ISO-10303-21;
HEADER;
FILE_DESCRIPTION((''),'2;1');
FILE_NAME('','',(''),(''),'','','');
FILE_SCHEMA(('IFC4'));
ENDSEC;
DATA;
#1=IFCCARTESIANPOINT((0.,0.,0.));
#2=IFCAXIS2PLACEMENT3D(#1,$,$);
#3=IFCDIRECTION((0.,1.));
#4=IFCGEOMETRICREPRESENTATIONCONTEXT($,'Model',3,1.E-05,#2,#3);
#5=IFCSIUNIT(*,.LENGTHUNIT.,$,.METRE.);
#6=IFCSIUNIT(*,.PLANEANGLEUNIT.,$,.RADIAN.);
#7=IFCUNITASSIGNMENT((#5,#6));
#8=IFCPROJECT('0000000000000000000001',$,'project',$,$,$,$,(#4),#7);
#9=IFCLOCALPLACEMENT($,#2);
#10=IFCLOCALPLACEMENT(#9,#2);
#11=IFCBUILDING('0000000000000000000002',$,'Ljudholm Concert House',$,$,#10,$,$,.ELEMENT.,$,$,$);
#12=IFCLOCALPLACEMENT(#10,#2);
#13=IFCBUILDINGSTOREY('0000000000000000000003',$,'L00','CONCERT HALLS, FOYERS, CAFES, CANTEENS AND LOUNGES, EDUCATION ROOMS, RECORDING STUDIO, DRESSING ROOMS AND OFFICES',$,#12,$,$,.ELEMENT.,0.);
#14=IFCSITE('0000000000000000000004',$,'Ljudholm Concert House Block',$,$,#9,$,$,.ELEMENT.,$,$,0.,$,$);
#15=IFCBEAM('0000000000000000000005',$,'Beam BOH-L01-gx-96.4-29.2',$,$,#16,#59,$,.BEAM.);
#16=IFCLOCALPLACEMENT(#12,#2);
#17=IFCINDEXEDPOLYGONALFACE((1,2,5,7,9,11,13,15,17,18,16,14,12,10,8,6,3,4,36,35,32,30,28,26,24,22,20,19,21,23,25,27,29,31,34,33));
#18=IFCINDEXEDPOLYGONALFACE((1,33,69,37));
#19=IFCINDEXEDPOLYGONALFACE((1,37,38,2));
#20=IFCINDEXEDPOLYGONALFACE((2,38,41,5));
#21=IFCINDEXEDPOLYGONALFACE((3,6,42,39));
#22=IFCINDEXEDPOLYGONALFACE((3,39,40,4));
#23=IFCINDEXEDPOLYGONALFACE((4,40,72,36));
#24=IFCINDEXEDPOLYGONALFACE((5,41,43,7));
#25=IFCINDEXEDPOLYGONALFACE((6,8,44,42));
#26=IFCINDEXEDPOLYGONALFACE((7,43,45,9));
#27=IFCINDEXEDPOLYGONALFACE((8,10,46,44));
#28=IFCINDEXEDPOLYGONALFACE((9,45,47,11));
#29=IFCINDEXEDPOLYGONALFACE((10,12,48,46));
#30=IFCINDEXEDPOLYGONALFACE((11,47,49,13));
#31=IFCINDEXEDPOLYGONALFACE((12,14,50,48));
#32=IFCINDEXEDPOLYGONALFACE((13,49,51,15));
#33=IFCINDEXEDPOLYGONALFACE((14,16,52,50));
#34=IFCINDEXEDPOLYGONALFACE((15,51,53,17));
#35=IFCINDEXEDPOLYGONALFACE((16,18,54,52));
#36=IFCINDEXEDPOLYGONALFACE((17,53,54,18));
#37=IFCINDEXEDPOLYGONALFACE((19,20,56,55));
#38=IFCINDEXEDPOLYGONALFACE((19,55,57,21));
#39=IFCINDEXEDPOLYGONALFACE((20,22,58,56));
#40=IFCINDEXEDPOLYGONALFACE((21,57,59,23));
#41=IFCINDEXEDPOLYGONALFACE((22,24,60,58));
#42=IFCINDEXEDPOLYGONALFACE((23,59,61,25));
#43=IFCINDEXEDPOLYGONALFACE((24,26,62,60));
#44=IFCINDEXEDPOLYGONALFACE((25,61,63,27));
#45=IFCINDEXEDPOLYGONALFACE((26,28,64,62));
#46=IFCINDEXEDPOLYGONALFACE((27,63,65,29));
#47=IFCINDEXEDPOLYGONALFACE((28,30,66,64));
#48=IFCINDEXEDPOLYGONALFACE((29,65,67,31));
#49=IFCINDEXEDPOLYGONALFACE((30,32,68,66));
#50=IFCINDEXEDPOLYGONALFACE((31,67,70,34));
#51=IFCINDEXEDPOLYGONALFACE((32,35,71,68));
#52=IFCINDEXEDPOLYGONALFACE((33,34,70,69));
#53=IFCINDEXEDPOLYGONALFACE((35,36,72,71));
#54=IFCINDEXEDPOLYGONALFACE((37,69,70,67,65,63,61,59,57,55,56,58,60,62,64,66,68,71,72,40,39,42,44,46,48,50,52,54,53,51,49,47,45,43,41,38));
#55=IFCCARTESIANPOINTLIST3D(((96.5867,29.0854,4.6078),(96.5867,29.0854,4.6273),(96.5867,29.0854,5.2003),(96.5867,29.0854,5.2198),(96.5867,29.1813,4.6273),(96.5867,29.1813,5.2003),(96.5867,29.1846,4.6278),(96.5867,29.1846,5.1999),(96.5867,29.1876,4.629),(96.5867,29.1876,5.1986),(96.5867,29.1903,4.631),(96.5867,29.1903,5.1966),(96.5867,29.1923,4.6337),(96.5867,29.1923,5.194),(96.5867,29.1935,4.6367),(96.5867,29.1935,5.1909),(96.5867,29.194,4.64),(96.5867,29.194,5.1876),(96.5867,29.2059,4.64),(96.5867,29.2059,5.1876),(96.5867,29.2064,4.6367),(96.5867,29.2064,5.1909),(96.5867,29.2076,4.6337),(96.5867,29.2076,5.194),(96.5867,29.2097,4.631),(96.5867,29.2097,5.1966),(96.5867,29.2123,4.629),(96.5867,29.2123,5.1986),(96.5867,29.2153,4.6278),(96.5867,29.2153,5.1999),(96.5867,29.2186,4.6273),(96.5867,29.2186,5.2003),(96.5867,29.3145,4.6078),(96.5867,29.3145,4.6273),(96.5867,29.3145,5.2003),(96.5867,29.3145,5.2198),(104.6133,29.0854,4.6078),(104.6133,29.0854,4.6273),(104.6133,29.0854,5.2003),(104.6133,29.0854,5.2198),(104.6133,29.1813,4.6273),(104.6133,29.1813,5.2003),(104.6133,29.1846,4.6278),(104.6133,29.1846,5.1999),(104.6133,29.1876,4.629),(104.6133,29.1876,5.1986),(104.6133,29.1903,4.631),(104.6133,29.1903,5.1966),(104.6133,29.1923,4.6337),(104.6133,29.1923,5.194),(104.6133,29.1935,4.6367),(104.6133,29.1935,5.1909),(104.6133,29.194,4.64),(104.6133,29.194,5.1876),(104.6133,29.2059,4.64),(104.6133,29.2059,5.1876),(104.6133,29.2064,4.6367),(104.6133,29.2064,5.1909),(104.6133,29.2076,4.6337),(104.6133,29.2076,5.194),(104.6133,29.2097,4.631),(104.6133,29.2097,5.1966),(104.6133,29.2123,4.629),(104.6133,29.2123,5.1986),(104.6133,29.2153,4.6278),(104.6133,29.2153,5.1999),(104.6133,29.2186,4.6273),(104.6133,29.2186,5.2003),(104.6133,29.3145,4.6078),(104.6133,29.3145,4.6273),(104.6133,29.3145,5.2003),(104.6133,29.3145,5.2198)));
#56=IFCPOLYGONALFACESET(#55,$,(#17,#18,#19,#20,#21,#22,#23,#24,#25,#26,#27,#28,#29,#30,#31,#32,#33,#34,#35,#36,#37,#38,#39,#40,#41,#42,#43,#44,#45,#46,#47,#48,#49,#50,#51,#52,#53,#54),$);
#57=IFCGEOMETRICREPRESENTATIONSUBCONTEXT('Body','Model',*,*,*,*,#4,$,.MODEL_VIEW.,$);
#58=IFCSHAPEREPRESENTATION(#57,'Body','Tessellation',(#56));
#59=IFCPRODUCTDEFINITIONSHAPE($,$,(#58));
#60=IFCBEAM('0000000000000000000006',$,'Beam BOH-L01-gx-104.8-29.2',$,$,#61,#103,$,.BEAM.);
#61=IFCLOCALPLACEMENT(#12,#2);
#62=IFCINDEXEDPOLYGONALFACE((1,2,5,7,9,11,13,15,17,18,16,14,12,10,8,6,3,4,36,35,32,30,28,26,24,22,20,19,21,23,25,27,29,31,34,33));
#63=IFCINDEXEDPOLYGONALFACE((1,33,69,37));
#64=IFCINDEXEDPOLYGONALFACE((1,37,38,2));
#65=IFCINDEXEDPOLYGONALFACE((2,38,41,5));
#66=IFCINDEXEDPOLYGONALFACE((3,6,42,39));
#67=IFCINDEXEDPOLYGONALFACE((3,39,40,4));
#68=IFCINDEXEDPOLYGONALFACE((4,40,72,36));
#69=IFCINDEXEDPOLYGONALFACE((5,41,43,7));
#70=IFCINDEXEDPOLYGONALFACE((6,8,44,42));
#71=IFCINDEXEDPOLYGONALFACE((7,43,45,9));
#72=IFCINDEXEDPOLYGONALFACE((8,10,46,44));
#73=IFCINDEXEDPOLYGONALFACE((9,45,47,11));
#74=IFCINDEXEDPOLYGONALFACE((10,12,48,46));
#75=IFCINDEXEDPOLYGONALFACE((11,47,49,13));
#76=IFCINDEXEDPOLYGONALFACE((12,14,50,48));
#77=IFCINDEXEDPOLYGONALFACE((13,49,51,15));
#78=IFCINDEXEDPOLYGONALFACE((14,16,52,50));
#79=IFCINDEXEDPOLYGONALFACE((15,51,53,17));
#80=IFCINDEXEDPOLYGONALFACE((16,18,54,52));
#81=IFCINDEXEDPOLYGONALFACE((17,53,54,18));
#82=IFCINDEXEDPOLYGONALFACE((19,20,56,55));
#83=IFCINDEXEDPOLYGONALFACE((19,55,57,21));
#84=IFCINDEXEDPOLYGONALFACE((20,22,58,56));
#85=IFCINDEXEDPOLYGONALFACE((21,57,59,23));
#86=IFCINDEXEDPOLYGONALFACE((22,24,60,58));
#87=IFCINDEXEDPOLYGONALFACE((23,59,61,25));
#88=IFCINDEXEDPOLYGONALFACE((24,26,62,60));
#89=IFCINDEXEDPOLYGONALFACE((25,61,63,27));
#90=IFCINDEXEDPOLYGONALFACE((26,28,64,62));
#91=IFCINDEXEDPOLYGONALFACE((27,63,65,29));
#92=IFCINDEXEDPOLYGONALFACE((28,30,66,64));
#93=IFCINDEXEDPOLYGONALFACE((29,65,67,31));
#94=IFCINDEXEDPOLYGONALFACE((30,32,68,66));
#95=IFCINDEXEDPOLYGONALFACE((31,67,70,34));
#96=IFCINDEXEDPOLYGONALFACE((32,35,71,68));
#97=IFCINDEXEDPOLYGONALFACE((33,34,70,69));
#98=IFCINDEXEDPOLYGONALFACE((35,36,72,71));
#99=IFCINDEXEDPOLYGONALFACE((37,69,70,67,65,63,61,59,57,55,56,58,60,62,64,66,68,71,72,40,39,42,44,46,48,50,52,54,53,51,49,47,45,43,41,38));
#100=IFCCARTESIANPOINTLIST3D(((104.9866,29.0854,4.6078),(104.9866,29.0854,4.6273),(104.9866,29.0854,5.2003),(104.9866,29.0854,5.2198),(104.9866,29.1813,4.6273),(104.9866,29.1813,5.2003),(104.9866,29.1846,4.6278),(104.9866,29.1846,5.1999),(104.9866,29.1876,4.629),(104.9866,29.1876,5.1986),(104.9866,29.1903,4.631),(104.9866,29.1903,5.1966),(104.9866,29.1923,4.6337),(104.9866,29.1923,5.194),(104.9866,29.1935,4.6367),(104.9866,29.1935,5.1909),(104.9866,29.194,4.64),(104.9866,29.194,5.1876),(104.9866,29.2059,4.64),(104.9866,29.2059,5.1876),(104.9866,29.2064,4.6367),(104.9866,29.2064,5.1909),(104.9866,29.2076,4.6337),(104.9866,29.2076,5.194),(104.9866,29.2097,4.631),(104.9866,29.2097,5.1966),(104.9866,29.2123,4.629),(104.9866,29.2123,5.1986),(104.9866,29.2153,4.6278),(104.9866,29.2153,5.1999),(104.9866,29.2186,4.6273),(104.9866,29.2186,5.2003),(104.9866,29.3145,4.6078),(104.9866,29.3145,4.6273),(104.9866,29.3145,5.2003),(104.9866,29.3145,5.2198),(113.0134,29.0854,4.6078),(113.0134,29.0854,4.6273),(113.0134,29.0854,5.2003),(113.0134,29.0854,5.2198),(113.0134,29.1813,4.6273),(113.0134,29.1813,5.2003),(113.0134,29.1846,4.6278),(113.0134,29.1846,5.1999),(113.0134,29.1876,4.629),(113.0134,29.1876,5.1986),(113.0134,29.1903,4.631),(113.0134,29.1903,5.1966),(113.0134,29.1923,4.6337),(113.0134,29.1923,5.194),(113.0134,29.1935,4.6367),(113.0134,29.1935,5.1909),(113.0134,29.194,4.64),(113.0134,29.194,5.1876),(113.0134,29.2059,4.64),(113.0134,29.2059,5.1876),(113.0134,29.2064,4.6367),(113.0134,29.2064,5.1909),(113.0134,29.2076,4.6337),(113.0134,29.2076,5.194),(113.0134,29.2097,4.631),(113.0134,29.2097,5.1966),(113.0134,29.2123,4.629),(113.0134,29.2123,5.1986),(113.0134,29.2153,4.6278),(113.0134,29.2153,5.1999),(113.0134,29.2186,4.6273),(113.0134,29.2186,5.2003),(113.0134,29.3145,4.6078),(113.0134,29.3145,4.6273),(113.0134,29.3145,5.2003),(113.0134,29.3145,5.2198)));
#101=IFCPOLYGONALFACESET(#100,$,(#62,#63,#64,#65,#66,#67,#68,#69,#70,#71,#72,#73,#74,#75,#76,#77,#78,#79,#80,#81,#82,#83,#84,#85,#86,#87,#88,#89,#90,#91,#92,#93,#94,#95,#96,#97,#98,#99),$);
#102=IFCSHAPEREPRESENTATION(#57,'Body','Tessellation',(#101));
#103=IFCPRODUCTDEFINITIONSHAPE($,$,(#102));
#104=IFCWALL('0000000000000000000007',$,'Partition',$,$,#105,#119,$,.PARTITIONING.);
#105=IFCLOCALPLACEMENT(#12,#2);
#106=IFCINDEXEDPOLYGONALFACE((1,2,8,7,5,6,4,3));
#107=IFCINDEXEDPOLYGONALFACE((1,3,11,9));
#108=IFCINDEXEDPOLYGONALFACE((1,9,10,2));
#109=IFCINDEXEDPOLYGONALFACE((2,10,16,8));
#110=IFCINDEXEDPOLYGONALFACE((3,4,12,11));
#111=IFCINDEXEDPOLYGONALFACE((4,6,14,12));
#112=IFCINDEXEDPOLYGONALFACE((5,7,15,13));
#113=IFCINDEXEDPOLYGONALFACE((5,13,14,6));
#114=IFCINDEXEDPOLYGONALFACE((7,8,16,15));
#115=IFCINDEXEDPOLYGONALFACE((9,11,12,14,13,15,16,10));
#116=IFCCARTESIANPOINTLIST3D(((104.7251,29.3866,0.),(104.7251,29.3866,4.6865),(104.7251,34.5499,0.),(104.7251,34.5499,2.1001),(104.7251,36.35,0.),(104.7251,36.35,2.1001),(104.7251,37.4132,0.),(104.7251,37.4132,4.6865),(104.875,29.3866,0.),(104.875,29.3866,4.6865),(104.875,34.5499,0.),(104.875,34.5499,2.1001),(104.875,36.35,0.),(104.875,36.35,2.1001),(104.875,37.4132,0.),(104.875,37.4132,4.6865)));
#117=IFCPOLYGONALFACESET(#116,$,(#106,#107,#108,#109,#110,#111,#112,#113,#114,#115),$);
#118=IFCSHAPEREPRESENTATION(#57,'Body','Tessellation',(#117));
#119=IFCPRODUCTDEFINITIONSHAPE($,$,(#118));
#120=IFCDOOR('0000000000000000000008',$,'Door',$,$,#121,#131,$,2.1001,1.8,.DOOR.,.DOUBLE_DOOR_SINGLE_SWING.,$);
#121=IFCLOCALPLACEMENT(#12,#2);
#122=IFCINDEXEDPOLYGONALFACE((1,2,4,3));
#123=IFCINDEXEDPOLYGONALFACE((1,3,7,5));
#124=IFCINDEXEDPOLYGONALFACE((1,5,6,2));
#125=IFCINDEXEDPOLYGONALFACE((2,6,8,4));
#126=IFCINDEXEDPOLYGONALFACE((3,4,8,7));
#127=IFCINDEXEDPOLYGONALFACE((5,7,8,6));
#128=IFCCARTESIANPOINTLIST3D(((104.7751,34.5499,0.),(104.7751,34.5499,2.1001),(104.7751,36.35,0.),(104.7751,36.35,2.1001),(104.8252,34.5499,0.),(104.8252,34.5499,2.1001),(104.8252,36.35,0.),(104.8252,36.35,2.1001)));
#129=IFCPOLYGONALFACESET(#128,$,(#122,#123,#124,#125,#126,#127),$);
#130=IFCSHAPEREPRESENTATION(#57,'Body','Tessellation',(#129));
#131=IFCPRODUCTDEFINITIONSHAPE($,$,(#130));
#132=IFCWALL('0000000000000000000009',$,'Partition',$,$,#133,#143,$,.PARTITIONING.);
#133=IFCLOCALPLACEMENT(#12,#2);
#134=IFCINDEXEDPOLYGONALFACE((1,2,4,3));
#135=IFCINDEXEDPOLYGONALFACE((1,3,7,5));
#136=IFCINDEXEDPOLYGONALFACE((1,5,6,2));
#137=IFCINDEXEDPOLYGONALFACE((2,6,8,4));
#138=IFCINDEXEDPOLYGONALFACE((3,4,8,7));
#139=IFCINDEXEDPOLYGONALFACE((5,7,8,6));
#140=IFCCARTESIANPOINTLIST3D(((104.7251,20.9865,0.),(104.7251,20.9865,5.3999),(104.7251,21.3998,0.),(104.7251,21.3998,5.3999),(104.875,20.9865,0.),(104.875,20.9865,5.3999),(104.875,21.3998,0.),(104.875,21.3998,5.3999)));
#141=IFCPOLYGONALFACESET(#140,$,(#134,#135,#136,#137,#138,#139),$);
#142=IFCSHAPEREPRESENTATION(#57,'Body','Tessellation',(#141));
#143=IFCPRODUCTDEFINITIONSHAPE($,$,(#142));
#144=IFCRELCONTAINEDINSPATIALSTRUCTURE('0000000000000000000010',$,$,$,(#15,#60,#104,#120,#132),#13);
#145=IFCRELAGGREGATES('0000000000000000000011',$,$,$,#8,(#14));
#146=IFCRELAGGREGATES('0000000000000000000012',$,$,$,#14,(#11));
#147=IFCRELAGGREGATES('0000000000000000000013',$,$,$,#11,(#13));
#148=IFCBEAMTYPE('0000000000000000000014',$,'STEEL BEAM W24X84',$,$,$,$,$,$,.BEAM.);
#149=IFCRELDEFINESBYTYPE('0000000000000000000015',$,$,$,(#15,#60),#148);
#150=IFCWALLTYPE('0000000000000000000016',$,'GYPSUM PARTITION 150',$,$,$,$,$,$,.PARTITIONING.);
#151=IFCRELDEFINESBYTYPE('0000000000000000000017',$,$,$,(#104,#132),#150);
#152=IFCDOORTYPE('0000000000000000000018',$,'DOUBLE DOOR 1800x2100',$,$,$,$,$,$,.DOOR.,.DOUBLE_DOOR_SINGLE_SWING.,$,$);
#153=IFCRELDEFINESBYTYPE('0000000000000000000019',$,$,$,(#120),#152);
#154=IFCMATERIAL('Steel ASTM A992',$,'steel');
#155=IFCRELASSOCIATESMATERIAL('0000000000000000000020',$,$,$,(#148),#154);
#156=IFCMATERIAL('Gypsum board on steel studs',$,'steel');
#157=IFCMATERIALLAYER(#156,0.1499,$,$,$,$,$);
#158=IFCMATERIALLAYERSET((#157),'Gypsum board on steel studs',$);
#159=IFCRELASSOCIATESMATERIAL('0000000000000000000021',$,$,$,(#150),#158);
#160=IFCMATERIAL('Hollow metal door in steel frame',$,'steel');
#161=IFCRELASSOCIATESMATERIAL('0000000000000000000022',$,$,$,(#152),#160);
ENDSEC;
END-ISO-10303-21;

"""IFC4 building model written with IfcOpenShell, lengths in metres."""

from ifc_helpers import new_model, si_unit, direction, frame, frame_2d, origin, origin_2d, place, context, subcontext, project, spatial, rectangle, i_section, extrude, material, layer, layer_set, material_profile, profile_set, type_object, element, fill, save


model = new_model("IFC4")

# Units and contexts
model_context = context("Model", 3, precision=1e-05, world=origin(), true_north=direction((0.0, 1.0)))
body_context = subcontext(model_context, "Body", "Model", "MODEL_VIEW")
ifc_project = project(units=[si_unit("LENGTHUNIT", "METRE"), si_unit("PLANEANGLEUNIT", "RADIAN")], contexts=[model_context])

# Site, building, storey
site_placement = place(None, origin())
site = spatial("IfcSite", under=ifc_project, at=site_placement, Name="Ljudholm Concert House Block", CompositionType="ELEMENT", RefElevation=0.0)
building_placement = place(site_placement, origin())
building = spatial("IfcBuilding", under=site, at=building_placement, Name="Ljudholm Concert House", CompositionType="ELEMENT")
storey_placement = place(building_placement, origin())
storey = spatial("IfcBuildingStorey", under=building, at=storey_placement, Name="L00", Description="CONCERT HALLS, FOYERS, CAFES, CANTEENS AND LOUNGES, EDUCATION ROOMS, RECORDING STUDIO, DRESSING ROOMS AND OFFICES", CompositionType="ELEMENT", Elevation=0.0)

# Beams
ifc_material_1 = material(Name="Steel ASTM A992", Category="steel")
ifc_material_profile_1 = material_profile(ifc_material_1, i_section(OverallWidth=0.229, OverallDepth=0.6121, WebThickness=0.012, FlangeThickness=0.0195, FilletRadius=0.0127, at=origin_2d()), Name="W24X84")
ifc_profile_set_1 = profile_set([ifc_material_profile_1], Name="Steel ASTM A992")
beam_type_1 = type_object("IfcBeamType", Name="STEEL BEAM W24X84", PredefinedType="BEAM", material=ifc_profile_set_1)
beam_1_placement = place(storey_placement, frame((96.5867, 29.2, 4.9138), z_axis=(1.0, 0.0, 0.0), x_axis=(0.0, 1.0, 0.0)))
element("IfcBeam", 1, at=beam_1_placement, inside=storey, type_object=beam_type_1, Name="Beam BOH-L01-gx-96.4-29.2", PredefinedType="BEAM", context=body_context, shape_type="SweptSolid", body=[
    extrude(i_section(OverallWidth=0.229, OverallDepth=0.6121, WebThickness=0.012, FlangeThickness=0.0195, FilletRadius=0.0127, at=origin_2d()), origin(), (0.0, 0.0, 1.0), 8.0266),
])
beam_2_placement = place(storey_placement, frame((104.9866, 29.2, 4.9138), z_axis=(1.0, 0.0, 0.0), x_axis=(0.0, 1.0, 0.0)))
element("IfcBeam", 2, at=beam_2_placement, inside=storey, type_object=beam_type_1, Name="Beam BOH-L01-gx-104.8-29.2", PredefinedType="BEAM", context=body_context, shape_type="SweptSolid", body=[
    extrude(i_section(OverallWidth=0.229, OverallDepth=0.6121, WebThickness=0.012, FlangeThickness=0.0195, FilletRadius=0.0127, at=origin_2d()), origin(), (0.0, 0.0, 1.0), 8.0269),
])

# Wall, opening, door
ifc_material_2 = material(Name="Gypsum board on steel studs", Category="steel")
ifc_layer_1 = layer(ifc_material_2, 0.1499)
ifc_layer_set_1 = layer_set([ifc_layer_1], Name="Gypsum board on steel studs")
wall_type_1 = type_object("IfcWallType", Name="GYPSUM PARTITION 150", PredefinedType="PARTITIONING", material=ifc_layer_set_1)
wall_1_placement = place(storey_placement, frame((104.8, 29.3867, 0.0), z_axis=(0.0, 0.0, 1.0), x_axis=(0.0, 1.0, 0.0)))
wall_1 = element("IfcWall", 3, at=wall_1_placement, inside=storey, type_object=wall_type_1, Name="Partition", PredefinedType="PARTITIONING", context=body_context, shape_type="SweptSolid", body=[
    extrude(rectangle(XDim=8.0266, YDim=0.1499, at=frame_2d((4.0132, 0.0))), origin(), (0.0, 0.0, 1.0), 4.6865),
])
opening_1_placement = place(wall_1_placement, frame((5.1633, 0.0, 0.0)))
opening_1 = element("IfcOpeningElement", 4, at=opening_1_placement, cuts=wall_1, PredefinedType="OPENING", context=body_context, shape_type="SweptSolid", body=[
    extrude(rectangle(XDim=1.8, YDim=2.1001, at=frame_2d((0.8999, 1.05))), frame((0.0, 0.085, 0.0), z_axis=(0.0, -1.0, 0.0), x_axis=(1.0, 0.0, 0.0)), (0.0, 0.0, 1.0), 0.1699),
])
ifc_material_3 = material(Name="Hollow metal door in steel frame", Category="steel")
door_type_1 = type_object("IfcDoorType", Name="DOUBLE DOOR 1800x2100", OperationType="DOUBLE_DOOR_SINGLE_SWING", PredefinedType="DOOR", material=ifc_material_3)
door_1_placement = place(opening_1_placement, origin())
door_1 = element("IfcDoor", 5, at=door_1_placement, inside=storey, type_object=door_type_1, Name="Door", OperationType="DOUBLE_DOOR_SINGLE_SWING", OverallHeight=2.1001, OverallWidth=1.8, PredefinedType="DOOR", context=body_context, shape_type="SweptSolid", body=[
    extrude(rectangle(XDim=1.8, YDim=2.1001, at=frame_2d((0.8999, 1.05))), frame((0.0, 0.0249, 0.0), z_axis=(0.0, -1.0, 0.0), x_axis=(1.0, 0.0, 0.0)), (0.0, 0.0, 1.0), 0.05),
])
fill(opening_1, door_1)

# Wall
wall_2_placement = place(storey_placement, frame((104.8, 20.9866, 0.0), z_axis=(0.0, 0.0, 1.0), x_axis=(0.0, 1.0, 0.0)))
element("IfcWall", 6, at=wall_2_placement, inside=storey, type_object=wall_type_1, Name="Partition", PredefinedType="PARTITIONING", context=body_context, shape_type="SweptSolid", body=[
    extrude(rectangle(XDim=0.4133, YDim=0.1499, at=frame_2d((0.2065, 0.0))), origin(), (0.0, 0.0, 1.0), 5.3999),
])

save(model, "model.ifc")
